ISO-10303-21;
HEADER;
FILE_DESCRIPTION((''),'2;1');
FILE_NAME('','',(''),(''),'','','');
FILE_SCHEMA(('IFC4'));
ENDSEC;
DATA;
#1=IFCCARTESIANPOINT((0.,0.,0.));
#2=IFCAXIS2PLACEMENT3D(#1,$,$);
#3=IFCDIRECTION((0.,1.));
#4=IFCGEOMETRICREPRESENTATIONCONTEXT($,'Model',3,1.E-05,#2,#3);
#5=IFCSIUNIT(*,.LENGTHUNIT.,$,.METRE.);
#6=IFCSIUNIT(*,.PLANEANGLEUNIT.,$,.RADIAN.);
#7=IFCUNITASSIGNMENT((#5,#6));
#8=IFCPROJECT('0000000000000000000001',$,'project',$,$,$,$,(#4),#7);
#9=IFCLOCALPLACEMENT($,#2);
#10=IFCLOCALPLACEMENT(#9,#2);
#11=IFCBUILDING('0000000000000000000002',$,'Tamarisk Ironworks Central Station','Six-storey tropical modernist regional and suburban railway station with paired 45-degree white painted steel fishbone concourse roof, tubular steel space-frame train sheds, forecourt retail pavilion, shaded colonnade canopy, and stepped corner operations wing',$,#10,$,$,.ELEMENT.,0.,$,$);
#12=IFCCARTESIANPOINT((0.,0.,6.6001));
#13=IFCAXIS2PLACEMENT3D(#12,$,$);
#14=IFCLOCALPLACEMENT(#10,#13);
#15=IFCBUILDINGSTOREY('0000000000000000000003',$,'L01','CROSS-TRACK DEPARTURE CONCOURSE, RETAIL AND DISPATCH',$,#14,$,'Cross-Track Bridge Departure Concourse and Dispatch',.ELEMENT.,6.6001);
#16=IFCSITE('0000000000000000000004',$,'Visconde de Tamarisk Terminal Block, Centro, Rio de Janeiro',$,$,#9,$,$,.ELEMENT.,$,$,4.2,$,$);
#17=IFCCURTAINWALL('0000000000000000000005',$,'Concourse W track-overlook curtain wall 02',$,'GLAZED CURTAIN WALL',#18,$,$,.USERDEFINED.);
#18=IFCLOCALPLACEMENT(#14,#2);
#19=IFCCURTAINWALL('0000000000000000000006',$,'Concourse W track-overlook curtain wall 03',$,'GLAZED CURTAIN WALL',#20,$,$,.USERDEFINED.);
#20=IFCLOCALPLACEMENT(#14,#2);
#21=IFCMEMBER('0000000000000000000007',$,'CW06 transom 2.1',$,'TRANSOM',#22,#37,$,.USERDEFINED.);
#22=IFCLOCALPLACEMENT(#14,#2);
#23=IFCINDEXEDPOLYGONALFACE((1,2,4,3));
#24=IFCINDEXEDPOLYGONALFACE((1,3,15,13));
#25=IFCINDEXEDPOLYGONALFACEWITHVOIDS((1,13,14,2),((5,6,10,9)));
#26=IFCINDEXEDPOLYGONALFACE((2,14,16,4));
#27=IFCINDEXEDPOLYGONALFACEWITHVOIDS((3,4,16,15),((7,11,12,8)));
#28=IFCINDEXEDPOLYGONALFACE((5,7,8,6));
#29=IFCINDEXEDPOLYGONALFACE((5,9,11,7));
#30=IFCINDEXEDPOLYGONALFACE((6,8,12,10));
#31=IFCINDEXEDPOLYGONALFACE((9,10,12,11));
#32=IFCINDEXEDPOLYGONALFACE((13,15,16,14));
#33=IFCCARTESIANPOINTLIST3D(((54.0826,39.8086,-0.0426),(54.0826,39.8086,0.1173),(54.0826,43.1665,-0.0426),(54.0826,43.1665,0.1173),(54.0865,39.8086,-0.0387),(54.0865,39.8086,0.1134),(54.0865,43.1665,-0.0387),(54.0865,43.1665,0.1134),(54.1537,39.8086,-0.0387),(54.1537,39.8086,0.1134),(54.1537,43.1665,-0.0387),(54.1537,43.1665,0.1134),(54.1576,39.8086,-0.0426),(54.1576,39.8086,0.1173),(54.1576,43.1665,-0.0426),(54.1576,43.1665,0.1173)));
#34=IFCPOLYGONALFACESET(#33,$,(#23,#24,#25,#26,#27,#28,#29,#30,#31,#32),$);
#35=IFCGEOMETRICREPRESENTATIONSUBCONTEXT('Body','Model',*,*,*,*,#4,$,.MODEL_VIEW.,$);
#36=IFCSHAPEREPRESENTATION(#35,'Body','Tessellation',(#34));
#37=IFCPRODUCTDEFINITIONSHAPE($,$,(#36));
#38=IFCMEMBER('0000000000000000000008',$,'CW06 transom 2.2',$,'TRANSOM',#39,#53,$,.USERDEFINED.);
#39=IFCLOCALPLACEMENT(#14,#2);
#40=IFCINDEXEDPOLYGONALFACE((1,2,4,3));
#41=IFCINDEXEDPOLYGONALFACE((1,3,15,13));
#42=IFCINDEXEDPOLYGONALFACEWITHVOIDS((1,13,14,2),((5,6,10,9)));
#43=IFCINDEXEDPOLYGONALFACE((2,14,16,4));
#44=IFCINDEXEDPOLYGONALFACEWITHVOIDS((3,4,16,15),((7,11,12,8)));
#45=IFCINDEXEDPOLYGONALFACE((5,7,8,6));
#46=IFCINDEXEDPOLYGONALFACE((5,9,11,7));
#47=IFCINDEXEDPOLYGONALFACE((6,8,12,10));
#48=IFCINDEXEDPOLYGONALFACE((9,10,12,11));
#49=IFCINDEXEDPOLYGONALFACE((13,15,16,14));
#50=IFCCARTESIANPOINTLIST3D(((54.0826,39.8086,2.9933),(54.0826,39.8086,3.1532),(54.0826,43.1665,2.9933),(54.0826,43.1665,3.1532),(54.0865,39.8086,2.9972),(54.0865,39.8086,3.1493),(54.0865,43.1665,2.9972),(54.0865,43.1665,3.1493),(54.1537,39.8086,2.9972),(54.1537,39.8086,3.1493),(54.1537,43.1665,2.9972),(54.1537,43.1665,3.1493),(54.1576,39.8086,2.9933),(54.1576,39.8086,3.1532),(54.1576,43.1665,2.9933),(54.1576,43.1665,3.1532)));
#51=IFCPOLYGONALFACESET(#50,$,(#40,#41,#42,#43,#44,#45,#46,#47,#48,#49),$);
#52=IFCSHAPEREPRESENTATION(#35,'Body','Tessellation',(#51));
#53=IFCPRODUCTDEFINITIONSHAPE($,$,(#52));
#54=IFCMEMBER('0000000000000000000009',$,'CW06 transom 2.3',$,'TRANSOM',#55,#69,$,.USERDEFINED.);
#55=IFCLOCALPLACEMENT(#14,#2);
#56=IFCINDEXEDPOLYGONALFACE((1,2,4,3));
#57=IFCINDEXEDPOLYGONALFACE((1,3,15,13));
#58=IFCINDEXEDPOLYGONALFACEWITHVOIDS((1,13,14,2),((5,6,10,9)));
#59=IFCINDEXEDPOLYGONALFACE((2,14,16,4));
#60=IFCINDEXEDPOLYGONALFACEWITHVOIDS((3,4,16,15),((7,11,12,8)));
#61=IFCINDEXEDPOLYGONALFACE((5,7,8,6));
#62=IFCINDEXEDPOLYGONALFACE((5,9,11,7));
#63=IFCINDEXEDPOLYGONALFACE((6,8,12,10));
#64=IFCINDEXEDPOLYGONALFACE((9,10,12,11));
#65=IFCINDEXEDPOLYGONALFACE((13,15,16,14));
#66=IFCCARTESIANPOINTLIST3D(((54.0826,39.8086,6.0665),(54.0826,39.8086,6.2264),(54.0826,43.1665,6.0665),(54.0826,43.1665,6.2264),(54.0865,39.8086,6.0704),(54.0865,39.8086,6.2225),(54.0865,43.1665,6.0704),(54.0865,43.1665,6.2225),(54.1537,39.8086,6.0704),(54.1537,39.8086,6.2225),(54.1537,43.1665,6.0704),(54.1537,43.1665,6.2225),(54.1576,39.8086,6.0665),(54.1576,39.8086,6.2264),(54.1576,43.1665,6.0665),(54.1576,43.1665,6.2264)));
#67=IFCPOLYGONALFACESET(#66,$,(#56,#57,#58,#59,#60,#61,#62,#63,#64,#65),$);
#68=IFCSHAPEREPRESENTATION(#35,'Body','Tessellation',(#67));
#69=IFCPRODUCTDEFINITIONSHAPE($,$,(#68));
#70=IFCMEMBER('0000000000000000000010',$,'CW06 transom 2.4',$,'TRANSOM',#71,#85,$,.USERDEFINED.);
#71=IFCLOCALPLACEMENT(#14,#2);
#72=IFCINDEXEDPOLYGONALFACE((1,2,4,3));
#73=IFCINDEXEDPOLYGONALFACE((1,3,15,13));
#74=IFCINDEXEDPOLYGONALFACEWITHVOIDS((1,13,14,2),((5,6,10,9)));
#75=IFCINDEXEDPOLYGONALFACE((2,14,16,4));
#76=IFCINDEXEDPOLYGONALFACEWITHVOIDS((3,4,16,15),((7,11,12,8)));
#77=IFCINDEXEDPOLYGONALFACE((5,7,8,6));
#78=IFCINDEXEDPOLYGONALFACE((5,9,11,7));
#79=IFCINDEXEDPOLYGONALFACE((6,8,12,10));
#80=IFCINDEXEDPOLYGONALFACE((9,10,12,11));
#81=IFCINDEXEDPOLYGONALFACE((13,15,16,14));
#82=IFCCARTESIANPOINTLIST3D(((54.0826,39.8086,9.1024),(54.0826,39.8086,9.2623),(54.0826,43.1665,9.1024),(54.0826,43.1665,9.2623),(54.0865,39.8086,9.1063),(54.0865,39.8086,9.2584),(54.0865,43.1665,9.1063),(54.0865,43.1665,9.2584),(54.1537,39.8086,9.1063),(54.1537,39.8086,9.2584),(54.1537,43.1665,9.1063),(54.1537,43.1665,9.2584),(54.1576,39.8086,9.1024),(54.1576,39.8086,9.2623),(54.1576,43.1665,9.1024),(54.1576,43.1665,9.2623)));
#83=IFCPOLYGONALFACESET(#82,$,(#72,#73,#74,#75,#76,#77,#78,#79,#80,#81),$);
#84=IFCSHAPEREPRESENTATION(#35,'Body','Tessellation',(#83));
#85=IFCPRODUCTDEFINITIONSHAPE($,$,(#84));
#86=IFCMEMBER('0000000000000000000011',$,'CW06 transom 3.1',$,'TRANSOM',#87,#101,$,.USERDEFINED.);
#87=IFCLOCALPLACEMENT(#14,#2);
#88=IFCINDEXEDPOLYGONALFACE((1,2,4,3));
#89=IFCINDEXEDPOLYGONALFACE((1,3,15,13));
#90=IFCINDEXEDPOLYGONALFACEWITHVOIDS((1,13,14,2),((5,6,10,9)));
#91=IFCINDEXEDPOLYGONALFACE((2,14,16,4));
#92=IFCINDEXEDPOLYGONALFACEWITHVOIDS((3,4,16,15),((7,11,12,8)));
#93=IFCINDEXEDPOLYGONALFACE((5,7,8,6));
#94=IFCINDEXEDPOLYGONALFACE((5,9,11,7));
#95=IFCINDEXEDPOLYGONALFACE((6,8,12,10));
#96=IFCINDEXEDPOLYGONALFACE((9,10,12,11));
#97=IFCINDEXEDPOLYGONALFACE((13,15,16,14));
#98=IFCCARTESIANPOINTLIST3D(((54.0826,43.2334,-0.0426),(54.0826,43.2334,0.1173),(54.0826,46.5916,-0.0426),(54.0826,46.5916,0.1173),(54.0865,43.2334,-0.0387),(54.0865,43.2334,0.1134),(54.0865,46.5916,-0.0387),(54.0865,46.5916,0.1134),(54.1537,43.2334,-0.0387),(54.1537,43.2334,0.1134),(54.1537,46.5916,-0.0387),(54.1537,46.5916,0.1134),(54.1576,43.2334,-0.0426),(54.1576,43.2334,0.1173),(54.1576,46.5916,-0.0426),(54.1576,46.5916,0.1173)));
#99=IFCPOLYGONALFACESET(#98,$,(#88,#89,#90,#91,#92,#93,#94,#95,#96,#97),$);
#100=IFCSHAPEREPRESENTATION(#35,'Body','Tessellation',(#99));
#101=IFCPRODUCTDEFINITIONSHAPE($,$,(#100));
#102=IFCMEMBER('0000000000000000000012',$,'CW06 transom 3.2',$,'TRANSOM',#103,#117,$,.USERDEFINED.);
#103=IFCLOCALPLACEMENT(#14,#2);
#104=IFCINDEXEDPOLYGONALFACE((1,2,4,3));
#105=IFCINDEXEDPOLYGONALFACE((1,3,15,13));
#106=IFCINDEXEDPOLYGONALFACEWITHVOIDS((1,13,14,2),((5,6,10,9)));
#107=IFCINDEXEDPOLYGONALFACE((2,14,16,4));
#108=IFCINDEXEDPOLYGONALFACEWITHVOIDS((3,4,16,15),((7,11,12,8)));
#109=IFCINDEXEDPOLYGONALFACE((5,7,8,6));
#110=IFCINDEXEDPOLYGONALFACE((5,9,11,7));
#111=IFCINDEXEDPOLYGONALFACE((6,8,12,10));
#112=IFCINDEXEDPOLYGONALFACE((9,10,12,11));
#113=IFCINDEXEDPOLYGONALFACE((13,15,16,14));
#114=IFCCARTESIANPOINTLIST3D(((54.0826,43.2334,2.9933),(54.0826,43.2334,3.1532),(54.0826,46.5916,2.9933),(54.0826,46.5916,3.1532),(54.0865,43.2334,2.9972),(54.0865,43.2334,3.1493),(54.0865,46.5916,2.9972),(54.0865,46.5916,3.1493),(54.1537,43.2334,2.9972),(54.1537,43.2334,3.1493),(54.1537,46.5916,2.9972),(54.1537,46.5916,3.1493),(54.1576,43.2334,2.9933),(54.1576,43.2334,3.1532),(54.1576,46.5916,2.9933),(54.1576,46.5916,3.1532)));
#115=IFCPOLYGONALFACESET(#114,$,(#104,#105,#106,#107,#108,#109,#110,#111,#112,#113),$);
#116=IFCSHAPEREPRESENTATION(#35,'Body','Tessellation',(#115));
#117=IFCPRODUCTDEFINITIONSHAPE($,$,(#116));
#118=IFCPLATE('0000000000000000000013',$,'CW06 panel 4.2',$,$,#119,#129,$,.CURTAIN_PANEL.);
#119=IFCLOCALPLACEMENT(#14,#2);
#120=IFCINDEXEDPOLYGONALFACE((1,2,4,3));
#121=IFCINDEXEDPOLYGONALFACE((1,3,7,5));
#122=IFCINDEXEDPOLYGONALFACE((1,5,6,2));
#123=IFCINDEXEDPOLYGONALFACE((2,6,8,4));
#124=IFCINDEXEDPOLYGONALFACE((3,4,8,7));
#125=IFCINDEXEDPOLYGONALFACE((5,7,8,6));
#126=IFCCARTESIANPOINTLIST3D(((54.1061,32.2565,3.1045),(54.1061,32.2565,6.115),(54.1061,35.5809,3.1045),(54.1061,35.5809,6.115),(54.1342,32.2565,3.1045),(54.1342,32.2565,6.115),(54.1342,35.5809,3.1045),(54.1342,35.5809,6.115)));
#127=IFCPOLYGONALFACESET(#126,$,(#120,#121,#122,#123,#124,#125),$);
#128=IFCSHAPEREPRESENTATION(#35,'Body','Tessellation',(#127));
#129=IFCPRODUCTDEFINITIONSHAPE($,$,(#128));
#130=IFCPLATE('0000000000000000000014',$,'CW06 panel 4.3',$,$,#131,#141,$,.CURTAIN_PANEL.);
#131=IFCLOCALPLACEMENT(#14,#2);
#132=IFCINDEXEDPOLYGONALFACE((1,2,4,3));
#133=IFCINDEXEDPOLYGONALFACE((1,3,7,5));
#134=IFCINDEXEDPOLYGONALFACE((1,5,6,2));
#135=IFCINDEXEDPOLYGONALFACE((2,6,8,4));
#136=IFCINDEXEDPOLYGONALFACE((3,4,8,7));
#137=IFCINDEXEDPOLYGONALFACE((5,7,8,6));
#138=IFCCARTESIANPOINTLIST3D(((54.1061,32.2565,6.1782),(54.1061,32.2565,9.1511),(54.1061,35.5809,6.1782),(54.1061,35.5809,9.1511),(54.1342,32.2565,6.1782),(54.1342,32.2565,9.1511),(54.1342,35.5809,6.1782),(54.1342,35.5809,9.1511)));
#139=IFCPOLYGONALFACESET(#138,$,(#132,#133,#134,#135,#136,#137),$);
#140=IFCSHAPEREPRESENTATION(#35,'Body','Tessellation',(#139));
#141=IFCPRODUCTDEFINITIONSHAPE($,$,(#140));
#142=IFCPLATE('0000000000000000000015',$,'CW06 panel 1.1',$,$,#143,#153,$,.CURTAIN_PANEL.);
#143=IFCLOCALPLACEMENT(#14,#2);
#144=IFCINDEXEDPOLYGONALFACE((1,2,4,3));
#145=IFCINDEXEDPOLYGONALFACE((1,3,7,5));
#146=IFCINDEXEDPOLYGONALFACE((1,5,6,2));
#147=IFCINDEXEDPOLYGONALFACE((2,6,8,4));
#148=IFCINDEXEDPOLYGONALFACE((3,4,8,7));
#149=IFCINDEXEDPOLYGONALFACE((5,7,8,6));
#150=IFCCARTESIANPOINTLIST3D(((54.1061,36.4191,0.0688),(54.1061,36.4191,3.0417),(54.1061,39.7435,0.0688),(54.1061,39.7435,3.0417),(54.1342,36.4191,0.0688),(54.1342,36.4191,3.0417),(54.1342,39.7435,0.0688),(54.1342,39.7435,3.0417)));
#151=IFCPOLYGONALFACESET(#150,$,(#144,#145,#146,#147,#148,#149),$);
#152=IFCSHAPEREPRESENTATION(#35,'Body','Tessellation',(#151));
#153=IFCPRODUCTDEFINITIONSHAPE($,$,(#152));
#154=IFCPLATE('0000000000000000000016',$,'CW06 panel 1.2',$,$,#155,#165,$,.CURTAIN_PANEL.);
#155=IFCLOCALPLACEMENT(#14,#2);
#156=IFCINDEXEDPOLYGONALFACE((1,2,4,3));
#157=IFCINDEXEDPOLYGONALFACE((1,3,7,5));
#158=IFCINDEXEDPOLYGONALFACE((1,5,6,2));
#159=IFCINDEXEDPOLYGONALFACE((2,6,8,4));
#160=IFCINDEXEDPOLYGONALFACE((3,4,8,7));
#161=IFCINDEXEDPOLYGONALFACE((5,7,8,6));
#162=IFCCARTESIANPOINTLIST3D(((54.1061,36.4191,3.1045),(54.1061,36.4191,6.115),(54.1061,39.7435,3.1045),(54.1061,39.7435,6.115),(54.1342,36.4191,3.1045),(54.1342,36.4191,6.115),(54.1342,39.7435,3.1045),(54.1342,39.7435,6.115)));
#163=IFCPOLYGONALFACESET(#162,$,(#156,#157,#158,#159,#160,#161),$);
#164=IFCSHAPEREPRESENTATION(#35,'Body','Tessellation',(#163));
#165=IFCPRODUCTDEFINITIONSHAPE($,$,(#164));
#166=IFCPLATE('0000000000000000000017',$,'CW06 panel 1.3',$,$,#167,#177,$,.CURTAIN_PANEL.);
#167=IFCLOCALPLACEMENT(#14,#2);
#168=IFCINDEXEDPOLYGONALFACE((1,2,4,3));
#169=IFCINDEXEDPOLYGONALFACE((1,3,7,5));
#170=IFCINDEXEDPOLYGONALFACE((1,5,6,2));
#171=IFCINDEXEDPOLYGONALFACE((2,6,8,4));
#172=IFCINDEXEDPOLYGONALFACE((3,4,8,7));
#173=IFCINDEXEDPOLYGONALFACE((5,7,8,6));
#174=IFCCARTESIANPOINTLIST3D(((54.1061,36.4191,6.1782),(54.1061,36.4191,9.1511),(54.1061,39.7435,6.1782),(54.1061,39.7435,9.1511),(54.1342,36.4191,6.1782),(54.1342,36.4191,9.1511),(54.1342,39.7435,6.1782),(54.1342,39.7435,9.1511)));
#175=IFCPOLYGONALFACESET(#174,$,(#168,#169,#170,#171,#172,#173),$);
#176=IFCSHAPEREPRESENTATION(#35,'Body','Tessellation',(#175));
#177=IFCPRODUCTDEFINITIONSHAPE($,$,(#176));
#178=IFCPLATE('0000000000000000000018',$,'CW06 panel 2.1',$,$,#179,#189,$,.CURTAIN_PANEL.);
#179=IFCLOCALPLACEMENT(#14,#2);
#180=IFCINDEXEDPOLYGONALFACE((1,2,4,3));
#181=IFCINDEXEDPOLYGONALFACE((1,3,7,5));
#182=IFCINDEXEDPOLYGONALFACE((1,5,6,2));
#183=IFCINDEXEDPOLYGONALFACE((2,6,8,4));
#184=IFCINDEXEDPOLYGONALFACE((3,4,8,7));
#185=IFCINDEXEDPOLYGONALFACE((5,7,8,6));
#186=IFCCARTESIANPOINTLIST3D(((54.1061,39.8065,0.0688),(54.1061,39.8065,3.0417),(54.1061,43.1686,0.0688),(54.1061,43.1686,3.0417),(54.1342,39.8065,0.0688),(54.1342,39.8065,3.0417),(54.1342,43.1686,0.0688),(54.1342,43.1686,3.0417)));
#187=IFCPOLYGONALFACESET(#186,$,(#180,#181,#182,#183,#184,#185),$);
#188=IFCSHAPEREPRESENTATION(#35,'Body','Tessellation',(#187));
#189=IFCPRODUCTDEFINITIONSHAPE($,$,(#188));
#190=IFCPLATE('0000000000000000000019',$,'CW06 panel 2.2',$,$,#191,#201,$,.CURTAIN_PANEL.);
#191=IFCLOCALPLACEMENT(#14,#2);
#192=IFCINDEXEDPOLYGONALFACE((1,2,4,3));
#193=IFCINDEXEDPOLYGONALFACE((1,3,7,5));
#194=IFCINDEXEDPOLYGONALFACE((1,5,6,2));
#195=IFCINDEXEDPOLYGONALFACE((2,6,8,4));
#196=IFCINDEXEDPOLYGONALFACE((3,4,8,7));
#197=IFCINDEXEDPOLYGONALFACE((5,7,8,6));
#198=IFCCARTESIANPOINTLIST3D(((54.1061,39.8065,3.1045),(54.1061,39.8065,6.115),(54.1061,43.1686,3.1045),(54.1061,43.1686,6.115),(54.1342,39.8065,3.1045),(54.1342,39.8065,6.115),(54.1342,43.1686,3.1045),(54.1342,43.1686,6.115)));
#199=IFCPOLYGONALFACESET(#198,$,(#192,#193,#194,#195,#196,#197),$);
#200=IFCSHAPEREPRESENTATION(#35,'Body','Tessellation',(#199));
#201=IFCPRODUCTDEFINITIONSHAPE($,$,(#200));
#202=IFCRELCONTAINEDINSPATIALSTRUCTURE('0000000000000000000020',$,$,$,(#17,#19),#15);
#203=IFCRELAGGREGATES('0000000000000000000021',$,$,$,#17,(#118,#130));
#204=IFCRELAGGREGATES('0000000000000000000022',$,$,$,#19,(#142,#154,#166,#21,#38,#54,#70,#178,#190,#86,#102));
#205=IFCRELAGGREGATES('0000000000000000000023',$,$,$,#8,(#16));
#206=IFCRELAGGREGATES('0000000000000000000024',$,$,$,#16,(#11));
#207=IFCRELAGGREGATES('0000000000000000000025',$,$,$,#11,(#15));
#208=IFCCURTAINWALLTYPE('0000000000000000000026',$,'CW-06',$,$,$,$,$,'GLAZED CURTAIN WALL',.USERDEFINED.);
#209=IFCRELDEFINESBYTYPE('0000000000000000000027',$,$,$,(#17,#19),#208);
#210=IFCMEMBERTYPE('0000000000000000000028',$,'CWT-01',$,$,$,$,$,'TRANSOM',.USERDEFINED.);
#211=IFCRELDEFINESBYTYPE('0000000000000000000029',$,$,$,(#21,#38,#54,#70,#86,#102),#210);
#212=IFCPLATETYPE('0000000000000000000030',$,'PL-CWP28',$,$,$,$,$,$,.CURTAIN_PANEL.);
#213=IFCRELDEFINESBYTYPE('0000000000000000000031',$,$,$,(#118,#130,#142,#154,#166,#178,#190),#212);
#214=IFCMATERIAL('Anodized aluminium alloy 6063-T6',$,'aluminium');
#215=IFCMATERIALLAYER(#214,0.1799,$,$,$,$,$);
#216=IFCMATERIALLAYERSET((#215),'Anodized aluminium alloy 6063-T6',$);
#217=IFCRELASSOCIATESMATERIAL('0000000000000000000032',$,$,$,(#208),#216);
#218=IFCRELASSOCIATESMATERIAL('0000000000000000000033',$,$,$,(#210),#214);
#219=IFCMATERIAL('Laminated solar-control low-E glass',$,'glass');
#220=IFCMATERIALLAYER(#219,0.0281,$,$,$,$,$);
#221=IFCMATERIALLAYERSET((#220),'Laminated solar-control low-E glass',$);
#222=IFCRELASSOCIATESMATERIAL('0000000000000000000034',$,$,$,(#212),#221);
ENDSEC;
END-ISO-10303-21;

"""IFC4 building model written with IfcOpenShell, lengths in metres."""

from ifc_helpers import new_model, si_unit, direction, frame, origin, origin_2d, place, context, subcontext, project, spatial, rectangle, hollow_rectangle, extrude, material, layer, layer_set, material_profile, profile_set, type_object, element, aggregate, save


model = new_model("IFC4")

# Units and contexts
model_context = context("Model", 3, precision=1e-05, world=origin(), true_north=direction((0.0, 1.0)))
body_context = subcontext(model_context, "Body", "Model", "MODEL_VIEW")
ifc_project = project(units=[si_unit("LENGTHUNIT", "METRE"), si_unit("PLANEANGLEUNIT", "RADIAN")], contexts=[model_context])

# Site, building, storey
site_placement = place(None, origin())
site = spatial("IfcSite", under=ifc_project, at=site_placement, Name="Visconde de Tamarisk Terminal Block, Centro, Rio de Janeiro", CompositionType="ELEMENT", RefElevation=4.2)
building_placement = place(site_placement, origin())
building = spatial("IfcBuilding", under=site, at=building_placement, Name="Tamarisk Ironworks Central Station", Description="Six-storey tropical modernist regional and suburban railway station with paired 45-degree white painted steel fishbone concourse roof, tubular steel space-frame train sheds, forecourt retail pavilion, shaded colonnade canopy, and stepped corner operations wing", CompositionType="ELEMENT", ElevationOfRefHeight=0.0)
storey_placement = place(building_placement, frame((0.0, 0.0, 6.6001)))
storey = spatial("IfcBuildingStorey", under=building, at=storey_placement, Name="L01", Description="CROSS-TRACK DEPARTURE CONCOURSE, RETAIL AND DISPATCH", LongName="Cross-Track Bridge Departure Concourse and Dispatch", CompositionType="ELEMENT", Elevation=6.6001)

# Curtain wall
ifc_material_1 = material(Name="Anodized aluminium alloy 6063-T6", Category="aluminium")
ifc_layer_1 = layer(ifc_material_1, 0.1799)
ifc_layer_set_1 = layer_set([ifc_layer_1], Name="Anodized aluminium alloy 6063-T6")
curtain_wall_type = type_object("IfcCurtainWallType", Name="CW-06", ElementType="GLAZED CURTAIN WALL", PredefinedType="USERDEFINED", material=ifc_layer_set_1)
curtain_wall_1_placement = place(storey_placement, origin())
curtain_wall_1 = element("IfcCurtainWall", 1, at=curtain_wall_1_placement, inside=storey, type_object=curtain_wall_type, Name="Concourse W track-overlook curtain wall 02", ObjectType="GLAZED CURTAIN WALL", PredefinedType="USERDEFINED")

# Curtain wall, members
curtain_wall_2_placement = place(storey_placement, origin())
curtain_wall_2 = element("IfcCurtainWall", 2, at=curtain_wall_2_placement, inside=storey, type_object=curtain_wall_type, Name="Concourse W track-overlook curtain wall 03", ObjectType="GLAZED CURTAIN WALL", PredefinedType="USERDEFINED")
ifc_material_profile_1 = material_profile(ifc_material_1, hollow_rectangle(XDim=0.075, YDim=0.1599, WallThickness=0.0039, at=origin_2d()), Name="ALUM 160x75")
ifc_profile_set_1 = profile_set([ifc_material_profile_1], Name="Anodized aluminium alloy 6063-T6")
member_type_1 = type_object("IfcMemberType", Name="CWT-01", ElementType="TRANSOM", PredefinedType="USERDEFINED", material=ifc_profile_set_1)
member_1_placement = place(storey_placement, frame((54.1201, 39.8086, 0.0374), z_axis=(0.0, 1.0, 0.0), x_axis=(-1.0, 0.0, 0.0)))
member_1 = element("IfcMember", 3, at=member_1_placement, type_object=member_type_1, Name="CW06 transom 2.1", ObjectType="TRANSOM", PredefinedType="USERDEFINED", context=body_context, shape_type="SweptSolid", body=[
    extrude(hollow_rectangle(XDim=0.075, YDim=0.1599, WallThickness=0.0039, at=origin_2d()), origin(), (0.0, 0.0, 1.0), 3.3579),
])
member_2_placement = place(storey_placement, frame((54.1201, 39.8086, 3.0732), z_axis=(0.0, 1.0, 0.0), x_axis=(-1.0, 0.0, 0.0)))
member_2 = element("IfcMember", 4, at=member_2_placement, type_object=member_type_1, Name="CW06 transom 2.2", ObjectType="TRANSOM", PredefinedType="USERDEFINED", context=body_context, shape_type="SweptSolid", body=[
    extrude(hollow_rectangle(XDim=0.075, YDim=0.1599, WallThickness=0.0039, at=origin_2d()), origin(), (0.0, 0.0, 1.0), 3.3579),
])
member_3_placement = place(storey_placement, frame((54.1201, 39.8086, 6.1465), z_axis=(0.0, 1.0, 0.0), x_axis=(-1.0, 0.0, 0.0)))
member_3 = element("IfcMember", 5, at=member_3_placement, type_object=member_type_1, Name="CW06 transom 2.3", ObjectType="TRANSOM", PredefinedType="USERDEFINED", context=body_context, shape_type="SweptSolid", body=[
    extrude(hollow_rectangle(XDim=0.075, YDim=0.1599, WallThickness=0.0039, at=origin_2d()), origin(), (0.0, 0.0, 1.0), 3.3579),
])
member_4_placement = place(storey_placement, frame((54.1201, 39.8086, 9.1824), z_axis=(0.0, 1.0, 0.0), x_axis=(-1.0, 0.0, 0.0)))
member_4 = element("IfcMember", 6, at=member_4_placement, type_object=member_type_1, Name="CW06 transom 2.4", ObjectType="TRANSOM", PredefinedType="USERDEFINED", context=body_context, shape_type="SweptSolid", body=[
    extrude(hollow_rectangle(XDim=0.075, YDim=0.1599, WallThickness=0.0039, at=origin_2d()), origin(), (0.0, 0.0, 1.0), 3.3579),
])
member_5_placement = place(storey_placement, frame((54.1201, 43.2334, 0.0374), z_axis=(0.0, 1.0, 0.0), x_axis=(-1.0, 0.0, 0.0)))
member_5 = element("IfcMember", 7, at=member_5_placement, type_object=member_type_1, Name="CW06 transom 3.1", ObjectType="TRANSOM", PredefinedType="USERDEFINED", context=body_context, shape_type="SweptSolid", body=[
    extrude(hollow_rectangle(XDim=0.075, YDim=0.1599, WallThickness=0.0039, at=origin_2d()), origin(), (0.0, 0.0, 1.0), 3.3582),
])
member_6_placement = place(storey_placement, frame((54.1201, 43.2334, 3.0732), z_axis=(0.0, 1.0, 0.0), x_axis=(-1.0, 0.0, 0.0)))
member_6 = element("IfcMember", 8, at=member_6_placement, type_object=member_type_1, Name="CW06 transom 3.2", ObjectType="TRANSOM", PredefinedType="USERDEFINED", context=body_context, shape_type="SweptSolid", body=[
    extrude(hollow_rectangle(XDim=0.075, YDim=0.1599, WallThickness=0.0039, at=origin_2d()), origin(), (0.0, 0.0, 1.0), 3.3582),
])

# Plates
ifc_material_2 = material(Name="Laminated solar-control low-E glass", Category="glass")
ifc_layer_2 = layer(ifc_material_2, 0.0281)
ifc_layer_set_2 = layer_set([ifc_layer_2], Name="Laminated solar-control low-E glass")
plate_type = type_object("IfcPlateType", Name="PL-CWP28", PredefinedType="CURTAIN_PANEL", material=ifc_layer_set_2)
plate_1_placement = place(storey_placement, frame((54.1201, 33.9187, 3.1045), z_axis=(0.0, 0.0, 1.0), x_axis=(0.0, 1.0, 0.0)))
plate_1 = element("IfcPlate", 9, at=plate_1_placement, type_object=plate_type, Name="CW06 panel 4.2", PredefinedType="CURTAIN_PANEL", context=body_context, shape_type="SweptSolid", body=[
    extrude(rectangle(XDim=3.3245, YDim=0.0281, at=origin_2d()), origin(), (0.0, 0.0, 1.0), 3.0105),
])
plate_2_placement = place(storey_placement, frame((54.1201, 33.9187, 6.1782), z_axis=(0.0, 0.0, 1.0), x_axis=(0.0, 1.0, 0.0)))
plate_2 = element("IfcPlate", 10, at=plate_2_placement, type_object=plate_type, Name="CW06 panel 4.3", PredefinedType="CURTAIN_PANEL", context=body_context, shape_type="SweptSolid", body=[
    extrude(rectangle(XDim=3.3245, YDim=0.0281, at=origin_2d()), origin(), (0.0, 0.0, 1.0), 2.9729),
])
aggregate(curtain_wall_1, [plate_1, plate_2])
plate_3_placement = place(storey_placement, frame((54.1201, 38.0813, 0.0688), z_axis=(0.0, 0.0, 1.0), x_axis=(0.0, 1.0, 0.0)))
plate_3 = element("IfcPlate", 11, at=plate_3_placement, type_object=plate_type, Name="CW06 panel 1.1", PredefinedType="CURTAIN_PANEL", context=body_context, shape_type="SweptSolid", body=[
    extrude(rectangle(XDim=3.3245, YDim=0.0281, at=origin_2d()), origin(), (0.0, 0.0, 1.0), 2.9729),
])
plate_4_placement = place(storey_placement, frame((54.1201, 38.0813, 3.1045), z_axis=(0.0, 0.0, 1.0), x_axis=(0.0, 1.0, 0.0)))
plate_4 = element("IfcPlate", 12, at=plate_4_placement, type_object=plate_type, Name="CW06 panel 1.2", PredefinedType="CURTAIN_PANEL", context=body_context, shape_type="SweptSolid", body=[
    extrude(rectangle(XDim=3.3245, YDim=0.0281, at=origin_2d()), origin(), (0.0, 0.0, 1.0), 3.0105),
])
plate_5_placement = place(storey_placement, frame((54.1201, 38.0813, 6.1782), z_axis=(0.0, 0.0, 1.0), x_axis=(0.0, 1.0, 0.0)))
plate_5 = element("IfcPlate", 13, at=plate_5_placement, type_object=plate_type, Name="CW06 panel 1.3", PredefinedType="CURTAIN_PANEL", context=body_context, shape_type="SweptSolid", body=[
    extrude(rectangle(XDim=3.3245, YDim=0.0281, at=origin_2d()), origin(), (0.0, 0.0, 1.0), 2.9729),
])
plate_6_placement = place(storey_placement, frame((54.1201, 41.4875, 0.0688), z_axis=(0.0, 0.0, 1.0), x_axis=(0.0, 1.0, 0.0)))
plate_6 = element("IfcPlate", 14, at=plate_6_placement, type_object=plate_type, Name="CW06 panel 2.1", PredefinedType="CURTAIN_PANEL", context=body_context, shape_type="SweptSolid", body=[
    extrude(rectangle(XDim=3.3621, YDim=0.0281, at=origin_2d()), origin(), (0.0, 0.0, 1.0), 2.9729),
])
plate_7_placement = place(storey_placement, frame((54.1201, 41.4875, 3.1045), z_axis=(0.0, 0.0, 1.0), x_axis=(0.0, 1.0, 0.0)))
plate_7 = element("IfcPlate", 15, at=plate_7_placement, type_object=plate_type, Name="CW06 panel 2.2", PredefinedType="CURTAIN_PANEL", context=body_context, shape_type="SweptSolid", body=[
    extrude(rectangle(XDim=3.3621, YDim=0.0281, at=origin_2d()), origin(), (0.0, 0.0, 1.0), 3.0105),
])
aggregate(curtain_wall_2, [plate_3, plate_4, plate_5, member_1, member_2, member_3, member_4, plate_6, plate_7, member_5, member_6])

save(model, "model.ifc")
